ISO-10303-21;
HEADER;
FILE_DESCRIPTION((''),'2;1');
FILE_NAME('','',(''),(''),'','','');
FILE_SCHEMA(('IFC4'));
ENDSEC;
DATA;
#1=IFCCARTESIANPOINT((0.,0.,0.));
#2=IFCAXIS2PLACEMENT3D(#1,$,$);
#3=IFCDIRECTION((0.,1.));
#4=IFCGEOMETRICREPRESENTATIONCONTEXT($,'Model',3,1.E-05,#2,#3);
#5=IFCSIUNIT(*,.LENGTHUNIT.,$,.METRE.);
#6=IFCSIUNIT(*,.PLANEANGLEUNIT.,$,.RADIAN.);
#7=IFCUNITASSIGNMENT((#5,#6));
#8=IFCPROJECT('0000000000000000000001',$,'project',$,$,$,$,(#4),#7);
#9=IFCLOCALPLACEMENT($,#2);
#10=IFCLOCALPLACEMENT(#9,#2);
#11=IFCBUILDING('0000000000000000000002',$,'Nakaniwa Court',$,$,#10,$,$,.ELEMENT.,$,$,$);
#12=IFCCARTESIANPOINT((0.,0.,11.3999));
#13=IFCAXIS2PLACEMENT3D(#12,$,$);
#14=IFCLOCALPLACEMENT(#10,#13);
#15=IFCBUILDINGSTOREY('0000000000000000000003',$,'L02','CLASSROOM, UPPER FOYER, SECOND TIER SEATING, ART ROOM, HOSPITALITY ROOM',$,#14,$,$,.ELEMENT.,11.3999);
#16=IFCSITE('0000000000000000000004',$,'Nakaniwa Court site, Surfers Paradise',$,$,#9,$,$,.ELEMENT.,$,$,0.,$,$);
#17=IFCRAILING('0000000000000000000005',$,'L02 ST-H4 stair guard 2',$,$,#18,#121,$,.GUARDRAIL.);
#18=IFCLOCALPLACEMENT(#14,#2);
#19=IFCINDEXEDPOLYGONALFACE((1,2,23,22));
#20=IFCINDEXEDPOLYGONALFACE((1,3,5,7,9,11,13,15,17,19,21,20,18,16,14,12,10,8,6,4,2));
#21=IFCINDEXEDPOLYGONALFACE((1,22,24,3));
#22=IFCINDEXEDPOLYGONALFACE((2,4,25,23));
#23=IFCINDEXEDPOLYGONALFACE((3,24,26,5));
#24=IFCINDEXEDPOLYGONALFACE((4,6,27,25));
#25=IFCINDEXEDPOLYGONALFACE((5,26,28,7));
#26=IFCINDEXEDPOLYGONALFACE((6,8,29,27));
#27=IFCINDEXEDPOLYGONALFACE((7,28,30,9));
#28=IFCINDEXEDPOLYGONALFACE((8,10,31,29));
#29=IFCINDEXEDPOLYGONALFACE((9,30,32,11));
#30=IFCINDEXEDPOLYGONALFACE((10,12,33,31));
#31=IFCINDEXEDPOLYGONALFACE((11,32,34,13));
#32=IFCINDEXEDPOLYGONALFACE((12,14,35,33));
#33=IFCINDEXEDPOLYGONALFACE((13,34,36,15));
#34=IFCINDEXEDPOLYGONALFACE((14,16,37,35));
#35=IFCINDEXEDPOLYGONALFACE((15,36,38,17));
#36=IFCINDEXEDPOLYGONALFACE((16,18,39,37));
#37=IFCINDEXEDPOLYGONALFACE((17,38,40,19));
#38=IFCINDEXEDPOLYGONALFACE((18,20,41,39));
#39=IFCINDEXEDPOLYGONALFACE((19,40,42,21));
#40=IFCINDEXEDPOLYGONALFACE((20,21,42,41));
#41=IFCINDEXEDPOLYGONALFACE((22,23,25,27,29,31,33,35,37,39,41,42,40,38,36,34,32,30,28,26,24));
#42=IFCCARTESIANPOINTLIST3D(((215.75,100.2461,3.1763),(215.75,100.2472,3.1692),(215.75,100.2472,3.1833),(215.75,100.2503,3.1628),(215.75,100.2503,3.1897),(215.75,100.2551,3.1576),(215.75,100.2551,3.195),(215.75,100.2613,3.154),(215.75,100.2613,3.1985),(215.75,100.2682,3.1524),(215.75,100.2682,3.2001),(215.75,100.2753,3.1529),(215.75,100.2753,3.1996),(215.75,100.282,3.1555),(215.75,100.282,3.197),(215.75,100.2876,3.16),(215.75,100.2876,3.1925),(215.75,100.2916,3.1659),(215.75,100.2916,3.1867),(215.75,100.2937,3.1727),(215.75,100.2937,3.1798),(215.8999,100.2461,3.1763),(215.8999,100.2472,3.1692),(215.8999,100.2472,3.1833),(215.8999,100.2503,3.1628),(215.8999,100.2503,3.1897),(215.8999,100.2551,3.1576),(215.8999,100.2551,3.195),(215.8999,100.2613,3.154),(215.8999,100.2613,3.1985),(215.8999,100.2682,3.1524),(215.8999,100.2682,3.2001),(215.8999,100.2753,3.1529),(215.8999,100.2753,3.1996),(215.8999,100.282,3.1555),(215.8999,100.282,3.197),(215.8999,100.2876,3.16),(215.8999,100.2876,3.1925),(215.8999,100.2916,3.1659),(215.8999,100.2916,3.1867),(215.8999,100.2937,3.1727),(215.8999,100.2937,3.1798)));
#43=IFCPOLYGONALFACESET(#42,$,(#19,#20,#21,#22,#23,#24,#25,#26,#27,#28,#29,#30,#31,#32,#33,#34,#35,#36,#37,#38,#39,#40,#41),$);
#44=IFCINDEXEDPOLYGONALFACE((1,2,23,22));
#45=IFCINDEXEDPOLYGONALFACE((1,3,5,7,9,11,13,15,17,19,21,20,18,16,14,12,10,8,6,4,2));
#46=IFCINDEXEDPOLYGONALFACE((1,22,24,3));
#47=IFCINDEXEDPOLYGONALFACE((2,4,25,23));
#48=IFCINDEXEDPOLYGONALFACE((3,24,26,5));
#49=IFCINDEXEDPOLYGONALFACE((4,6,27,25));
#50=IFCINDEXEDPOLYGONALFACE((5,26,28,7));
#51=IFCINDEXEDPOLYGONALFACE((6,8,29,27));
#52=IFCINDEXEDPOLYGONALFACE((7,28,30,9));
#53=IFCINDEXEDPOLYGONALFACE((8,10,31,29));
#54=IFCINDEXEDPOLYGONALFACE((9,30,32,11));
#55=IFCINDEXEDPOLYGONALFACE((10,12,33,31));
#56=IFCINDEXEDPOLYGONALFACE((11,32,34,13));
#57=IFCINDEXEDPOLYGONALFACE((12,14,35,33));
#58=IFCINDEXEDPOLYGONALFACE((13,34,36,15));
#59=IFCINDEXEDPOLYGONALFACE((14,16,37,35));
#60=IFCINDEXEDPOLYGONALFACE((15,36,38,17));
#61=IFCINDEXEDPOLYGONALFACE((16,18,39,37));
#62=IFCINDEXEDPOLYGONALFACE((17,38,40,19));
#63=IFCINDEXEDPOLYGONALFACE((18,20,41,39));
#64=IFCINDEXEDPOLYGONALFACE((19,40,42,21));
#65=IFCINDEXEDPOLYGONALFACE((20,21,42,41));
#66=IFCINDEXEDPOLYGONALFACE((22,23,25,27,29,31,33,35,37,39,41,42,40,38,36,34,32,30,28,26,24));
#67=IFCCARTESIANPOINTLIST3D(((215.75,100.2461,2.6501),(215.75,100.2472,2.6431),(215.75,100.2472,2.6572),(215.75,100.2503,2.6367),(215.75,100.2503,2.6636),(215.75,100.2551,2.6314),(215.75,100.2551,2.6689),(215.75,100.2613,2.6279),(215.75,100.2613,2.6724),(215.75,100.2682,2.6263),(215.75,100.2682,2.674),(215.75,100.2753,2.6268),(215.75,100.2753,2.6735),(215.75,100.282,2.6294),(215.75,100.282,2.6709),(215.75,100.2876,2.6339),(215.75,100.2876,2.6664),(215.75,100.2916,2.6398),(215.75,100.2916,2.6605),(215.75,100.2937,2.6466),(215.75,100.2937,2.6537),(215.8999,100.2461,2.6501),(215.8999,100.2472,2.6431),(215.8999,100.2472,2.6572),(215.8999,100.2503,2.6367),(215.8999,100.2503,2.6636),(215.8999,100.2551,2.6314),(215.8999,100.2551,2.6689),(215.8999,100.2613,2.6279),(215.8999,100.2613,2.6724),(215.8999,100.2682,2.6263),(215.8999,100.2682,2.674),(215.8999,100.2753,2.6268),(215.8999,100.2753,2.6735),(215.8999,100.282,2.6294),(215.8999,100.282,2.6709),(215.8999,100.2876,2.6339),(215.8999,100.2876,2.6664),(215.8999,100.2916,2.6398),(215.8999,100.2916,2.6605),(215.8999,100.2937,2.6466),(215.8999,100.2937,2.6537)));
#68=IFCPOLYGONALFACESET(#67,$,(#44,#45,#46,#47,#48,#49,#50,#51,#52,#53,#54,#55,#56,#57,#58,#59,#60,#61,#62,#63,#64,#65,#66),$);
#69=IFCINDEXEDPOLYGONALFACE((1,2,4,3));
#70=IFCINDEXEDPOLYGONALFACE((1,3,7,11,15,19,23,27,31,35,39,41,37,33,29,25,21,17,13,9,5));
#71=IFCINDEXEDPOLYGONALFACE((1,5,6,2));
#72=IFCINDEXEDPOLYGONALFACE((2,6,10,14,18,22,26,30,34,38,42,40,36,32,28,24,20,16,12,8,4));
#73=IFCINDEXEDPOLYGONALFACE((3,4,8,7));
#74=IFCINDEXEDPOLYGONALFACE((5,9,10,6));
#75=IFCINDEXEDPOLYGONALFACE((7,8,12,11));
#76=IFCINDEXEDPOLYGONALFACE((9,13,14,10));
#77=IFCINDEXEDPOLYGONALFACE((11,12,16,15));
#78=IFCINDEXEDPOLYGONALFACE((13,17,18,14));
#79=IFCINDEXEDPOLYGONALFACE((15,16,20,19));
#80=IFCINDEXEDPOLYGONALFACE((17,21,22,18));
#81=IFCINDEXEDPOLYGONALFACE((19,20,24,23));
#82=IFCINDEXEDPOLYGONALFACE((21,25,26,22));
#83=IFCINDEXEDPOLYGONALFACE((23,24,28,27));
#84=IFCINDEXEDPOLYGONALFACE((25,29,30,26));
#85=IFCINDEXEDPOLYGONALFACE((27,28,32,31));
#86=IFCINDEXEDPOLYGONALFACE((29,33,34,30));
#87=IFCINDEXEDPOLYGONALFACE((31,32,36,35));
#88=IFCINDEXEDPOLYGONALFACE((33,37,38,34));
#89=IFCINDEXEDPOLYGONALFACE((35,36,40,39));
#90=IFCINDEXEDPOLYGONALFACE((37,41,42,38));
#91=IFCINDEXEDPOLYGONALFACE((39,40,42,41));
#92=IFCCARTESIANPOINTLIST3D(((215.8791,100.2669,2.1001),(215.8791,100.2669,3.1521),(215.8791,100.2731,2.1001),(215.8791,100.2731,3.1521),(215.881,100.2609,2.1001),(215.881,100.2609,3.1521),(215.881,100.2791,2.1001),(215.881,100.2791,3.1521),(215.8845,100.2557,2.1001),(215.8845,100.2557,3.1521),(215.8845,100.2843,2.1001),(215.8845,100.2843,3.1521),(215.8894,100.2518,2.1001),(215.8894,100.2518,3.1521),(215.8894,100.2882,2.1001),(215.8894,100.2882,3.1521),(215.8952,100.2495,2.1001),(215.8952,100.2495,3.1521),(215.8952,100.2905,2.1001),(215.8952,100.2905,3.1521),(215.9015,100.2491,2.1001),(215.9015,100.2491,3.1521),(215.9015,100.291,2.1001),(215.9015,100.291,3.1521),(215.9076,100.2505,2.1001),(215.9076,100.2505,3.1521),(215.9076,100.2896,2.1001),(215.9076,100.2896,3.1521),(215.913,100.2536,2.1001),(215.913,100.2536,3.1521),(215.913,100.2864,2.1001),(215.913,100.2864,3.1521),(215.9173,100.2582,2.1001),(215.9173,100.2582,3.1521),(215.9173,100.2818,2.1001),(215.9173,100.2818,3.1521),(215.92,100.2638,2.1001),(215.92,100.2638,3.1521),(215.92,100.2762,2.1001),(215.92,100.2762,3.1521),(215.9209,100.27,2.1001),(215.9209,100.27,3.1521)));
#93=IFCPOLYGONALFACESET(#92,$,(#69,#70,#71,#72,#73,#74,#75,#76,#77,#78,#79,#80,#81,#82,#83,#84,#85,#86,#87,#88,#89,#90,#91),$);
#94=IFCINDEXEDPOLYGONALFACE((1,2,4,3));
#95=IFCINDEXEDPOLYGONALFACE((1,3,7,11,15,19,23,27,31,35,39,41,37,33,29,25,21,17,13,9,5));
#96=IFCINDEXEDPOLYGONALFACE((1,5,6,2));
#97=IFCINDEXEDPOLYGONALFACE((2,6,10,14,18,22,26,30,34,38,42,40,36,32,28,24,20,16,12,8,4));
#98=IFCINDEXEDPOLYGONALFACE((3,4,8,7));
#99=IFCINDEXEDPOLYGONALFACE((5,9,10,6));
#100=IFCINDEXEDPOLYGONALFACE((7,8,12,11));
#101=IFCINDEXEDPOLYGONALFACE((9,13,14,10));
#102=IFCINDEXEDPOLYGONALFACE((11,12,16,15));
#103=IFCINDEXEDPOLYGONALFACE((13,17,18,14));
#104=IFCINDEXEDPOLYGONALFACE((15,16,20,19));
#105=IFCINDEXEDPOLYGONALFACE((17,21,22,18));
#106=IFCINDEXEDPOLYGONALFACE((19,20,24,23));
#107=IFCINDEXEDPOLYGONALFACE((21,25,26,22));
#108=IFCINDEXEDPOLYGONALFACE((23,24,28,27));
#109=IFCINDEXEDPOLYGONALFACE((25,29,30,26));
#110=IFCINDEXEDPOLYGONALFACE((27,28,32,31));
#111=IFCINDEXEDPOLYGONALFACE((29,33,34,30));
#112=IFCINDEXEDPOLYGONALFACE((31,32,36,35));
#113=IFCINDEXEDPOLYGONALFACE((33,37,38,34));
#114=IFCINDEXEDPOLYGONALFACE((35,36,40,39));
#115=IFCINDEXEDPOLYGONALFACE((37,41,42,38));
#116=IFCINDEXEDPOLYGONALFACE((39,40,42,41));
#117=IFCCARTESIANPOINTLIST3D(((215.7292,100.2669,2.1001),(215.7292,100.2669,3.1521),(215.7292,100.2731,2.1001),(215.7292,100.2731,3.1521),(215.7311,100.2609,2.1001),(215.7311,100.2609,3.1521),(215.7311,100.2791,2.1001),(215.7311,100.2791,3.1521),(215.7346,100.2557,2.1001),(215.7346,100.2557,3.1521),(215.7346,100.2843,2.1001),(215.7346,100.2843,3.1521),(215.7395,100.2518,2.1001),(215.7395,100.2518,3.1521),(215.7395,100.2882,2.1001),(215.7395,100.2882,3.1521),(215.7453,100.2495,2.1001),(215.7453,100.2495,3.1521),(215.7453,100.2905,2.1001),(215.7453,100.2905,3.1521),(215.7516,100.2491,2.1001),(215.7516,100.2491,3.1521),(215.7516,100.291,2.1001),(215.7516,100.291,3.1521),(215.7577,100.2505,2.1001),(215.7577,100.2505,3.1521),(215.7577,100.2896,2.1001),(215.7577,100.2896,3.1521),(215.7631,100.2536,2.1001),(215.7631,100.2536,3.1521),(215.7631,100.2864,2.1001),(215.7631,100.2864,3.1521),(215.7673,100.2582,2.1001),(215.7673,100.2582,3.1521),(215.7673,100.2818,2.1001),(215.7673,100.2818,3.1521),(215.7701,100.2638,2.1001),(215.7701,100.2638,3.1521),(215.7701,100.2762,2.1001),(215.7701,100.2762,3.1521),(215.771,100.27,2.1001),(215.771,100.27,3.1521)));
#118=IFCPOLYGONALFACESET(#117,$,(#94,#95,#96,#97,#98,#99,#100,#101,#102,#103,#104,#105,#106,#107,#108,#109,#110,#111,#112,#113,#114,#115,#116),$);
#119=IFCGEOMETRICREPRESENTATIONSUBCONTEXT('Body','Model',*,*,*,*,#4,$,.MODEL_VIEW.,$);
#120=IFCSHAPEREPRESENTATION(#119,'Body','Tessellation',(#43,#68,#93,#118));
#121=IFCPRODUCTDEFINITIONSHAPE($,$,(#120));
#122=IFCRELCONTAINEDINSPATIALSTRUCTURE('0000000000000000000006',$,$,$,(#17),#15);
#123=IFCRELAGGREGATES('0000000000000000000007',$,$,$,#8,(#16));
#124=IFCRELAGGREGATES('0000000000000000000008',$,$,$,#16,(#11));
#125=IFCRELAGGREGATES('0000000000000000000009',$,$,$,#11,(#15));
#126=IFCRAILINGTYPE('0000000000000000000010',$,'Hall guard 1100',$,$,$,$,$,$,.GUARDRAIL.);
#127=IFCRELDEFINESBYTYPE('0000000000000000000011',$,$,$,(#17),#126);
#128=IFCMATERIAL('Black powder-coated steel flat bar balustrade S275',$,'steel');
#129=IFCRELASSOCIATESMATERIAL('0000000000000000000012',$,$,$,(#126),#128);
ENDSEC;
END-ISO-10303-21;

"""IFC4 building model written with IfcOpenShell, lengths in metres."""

from ifc_helpers import new_model, si_unit, direction, frame, origin, origin_2d, place, context, subcontext, project, spatial, circle, extrude, material, type_object, element, save


model = new_model("IFC4")

# Units and contexts
model_context = context("Model", 3, precision=1e-05, world=origin(), true_north=direction((0.0, 1.0)))
body_context = subcontext(model_context, "Body", "Model", "MODEL_VIEW")
ifc_project = project(units=[si_unit("LENGTHUNIT", "METRE"), si_unit("PLANEANGLEUNIT", "RADIAN")], contexts=[model_context])

# Site, building, storey
site_placement = place(None, origin())
site = spatial("IfcSite", under=ifc_project, at=site_placement, Name="Nakaniwa Court site, Surfers Paradise", CompositionType="ELEMENT", RefElevation=0.0)
building_placement = place(site_placement, origin())
building = spatial("IfcBuilding", under=site, at=building_placement, Name="Nakaniwa Court", CompositionType="ELEMENT")
storey_placement = place(building_placement, frame((0.0, 0.0, 11.3999)))
storey = spatial("IfcBuildingStorey", under=building, at=storey_placement, Name="L02", Description="CLASSROOM, UPPER FOYER, SECOND TIER SEATING, ART ROOM, HOSPITALITY ROOM", CompositionType="ELEMENT", Elevation=11.3999)

# Railing
ifc_material_1 = material(Name="Black powder-coated steel flat bar balustrade S275", Category="steel")
railing_type_1 = type_object("IfcRailingType", Name="Hall guard 1100", PredefinedType="GUARDRAIL", material=ifc_material_1)
railing_1_placement = place(storey_placement, frame((215.8999, 100.27, 2.1001)))
element("IfcRailing", 1, at=railing_1_placement, inside=storey, type_object=railing_type_1, Name="L02 ST-H4 stair guard 2", PredefinedType="GUARDRAIL", context=body_context, shape_type="SweptSolid", body=[
    extrude(circle(Radius=0.0239, at=origin_2d()), frame((0.0, 0.0, 1.0762), z_axis=(-1.0, 0.0, 0.0), x_axis=(0.0, -1.0, 0.0)), (0.0, 0.0, 1.0), 0.1499),
    extrude(circle(Radius=0.0239, at=origin_2d()), frame((0.0, 0.0, 0.55), z_axis=(-1.0, 0.0, 0.0), x_axis=(0.0, -1.0, 0.0)), (0.0, 0.0, 1.0), 0.1499),
    extrude(circle(Radius=0.021, at=origin_2d()), origin(), (0.0, 0.0, 1.0), 1.052),
    extrude(circle(Radius=0.021, at=origin_2d()), frame((-0.1499, 0.0, 0.0)), (0.0, 0.0, 1.0), 1.052),
])

save(model, "model.ifc")
